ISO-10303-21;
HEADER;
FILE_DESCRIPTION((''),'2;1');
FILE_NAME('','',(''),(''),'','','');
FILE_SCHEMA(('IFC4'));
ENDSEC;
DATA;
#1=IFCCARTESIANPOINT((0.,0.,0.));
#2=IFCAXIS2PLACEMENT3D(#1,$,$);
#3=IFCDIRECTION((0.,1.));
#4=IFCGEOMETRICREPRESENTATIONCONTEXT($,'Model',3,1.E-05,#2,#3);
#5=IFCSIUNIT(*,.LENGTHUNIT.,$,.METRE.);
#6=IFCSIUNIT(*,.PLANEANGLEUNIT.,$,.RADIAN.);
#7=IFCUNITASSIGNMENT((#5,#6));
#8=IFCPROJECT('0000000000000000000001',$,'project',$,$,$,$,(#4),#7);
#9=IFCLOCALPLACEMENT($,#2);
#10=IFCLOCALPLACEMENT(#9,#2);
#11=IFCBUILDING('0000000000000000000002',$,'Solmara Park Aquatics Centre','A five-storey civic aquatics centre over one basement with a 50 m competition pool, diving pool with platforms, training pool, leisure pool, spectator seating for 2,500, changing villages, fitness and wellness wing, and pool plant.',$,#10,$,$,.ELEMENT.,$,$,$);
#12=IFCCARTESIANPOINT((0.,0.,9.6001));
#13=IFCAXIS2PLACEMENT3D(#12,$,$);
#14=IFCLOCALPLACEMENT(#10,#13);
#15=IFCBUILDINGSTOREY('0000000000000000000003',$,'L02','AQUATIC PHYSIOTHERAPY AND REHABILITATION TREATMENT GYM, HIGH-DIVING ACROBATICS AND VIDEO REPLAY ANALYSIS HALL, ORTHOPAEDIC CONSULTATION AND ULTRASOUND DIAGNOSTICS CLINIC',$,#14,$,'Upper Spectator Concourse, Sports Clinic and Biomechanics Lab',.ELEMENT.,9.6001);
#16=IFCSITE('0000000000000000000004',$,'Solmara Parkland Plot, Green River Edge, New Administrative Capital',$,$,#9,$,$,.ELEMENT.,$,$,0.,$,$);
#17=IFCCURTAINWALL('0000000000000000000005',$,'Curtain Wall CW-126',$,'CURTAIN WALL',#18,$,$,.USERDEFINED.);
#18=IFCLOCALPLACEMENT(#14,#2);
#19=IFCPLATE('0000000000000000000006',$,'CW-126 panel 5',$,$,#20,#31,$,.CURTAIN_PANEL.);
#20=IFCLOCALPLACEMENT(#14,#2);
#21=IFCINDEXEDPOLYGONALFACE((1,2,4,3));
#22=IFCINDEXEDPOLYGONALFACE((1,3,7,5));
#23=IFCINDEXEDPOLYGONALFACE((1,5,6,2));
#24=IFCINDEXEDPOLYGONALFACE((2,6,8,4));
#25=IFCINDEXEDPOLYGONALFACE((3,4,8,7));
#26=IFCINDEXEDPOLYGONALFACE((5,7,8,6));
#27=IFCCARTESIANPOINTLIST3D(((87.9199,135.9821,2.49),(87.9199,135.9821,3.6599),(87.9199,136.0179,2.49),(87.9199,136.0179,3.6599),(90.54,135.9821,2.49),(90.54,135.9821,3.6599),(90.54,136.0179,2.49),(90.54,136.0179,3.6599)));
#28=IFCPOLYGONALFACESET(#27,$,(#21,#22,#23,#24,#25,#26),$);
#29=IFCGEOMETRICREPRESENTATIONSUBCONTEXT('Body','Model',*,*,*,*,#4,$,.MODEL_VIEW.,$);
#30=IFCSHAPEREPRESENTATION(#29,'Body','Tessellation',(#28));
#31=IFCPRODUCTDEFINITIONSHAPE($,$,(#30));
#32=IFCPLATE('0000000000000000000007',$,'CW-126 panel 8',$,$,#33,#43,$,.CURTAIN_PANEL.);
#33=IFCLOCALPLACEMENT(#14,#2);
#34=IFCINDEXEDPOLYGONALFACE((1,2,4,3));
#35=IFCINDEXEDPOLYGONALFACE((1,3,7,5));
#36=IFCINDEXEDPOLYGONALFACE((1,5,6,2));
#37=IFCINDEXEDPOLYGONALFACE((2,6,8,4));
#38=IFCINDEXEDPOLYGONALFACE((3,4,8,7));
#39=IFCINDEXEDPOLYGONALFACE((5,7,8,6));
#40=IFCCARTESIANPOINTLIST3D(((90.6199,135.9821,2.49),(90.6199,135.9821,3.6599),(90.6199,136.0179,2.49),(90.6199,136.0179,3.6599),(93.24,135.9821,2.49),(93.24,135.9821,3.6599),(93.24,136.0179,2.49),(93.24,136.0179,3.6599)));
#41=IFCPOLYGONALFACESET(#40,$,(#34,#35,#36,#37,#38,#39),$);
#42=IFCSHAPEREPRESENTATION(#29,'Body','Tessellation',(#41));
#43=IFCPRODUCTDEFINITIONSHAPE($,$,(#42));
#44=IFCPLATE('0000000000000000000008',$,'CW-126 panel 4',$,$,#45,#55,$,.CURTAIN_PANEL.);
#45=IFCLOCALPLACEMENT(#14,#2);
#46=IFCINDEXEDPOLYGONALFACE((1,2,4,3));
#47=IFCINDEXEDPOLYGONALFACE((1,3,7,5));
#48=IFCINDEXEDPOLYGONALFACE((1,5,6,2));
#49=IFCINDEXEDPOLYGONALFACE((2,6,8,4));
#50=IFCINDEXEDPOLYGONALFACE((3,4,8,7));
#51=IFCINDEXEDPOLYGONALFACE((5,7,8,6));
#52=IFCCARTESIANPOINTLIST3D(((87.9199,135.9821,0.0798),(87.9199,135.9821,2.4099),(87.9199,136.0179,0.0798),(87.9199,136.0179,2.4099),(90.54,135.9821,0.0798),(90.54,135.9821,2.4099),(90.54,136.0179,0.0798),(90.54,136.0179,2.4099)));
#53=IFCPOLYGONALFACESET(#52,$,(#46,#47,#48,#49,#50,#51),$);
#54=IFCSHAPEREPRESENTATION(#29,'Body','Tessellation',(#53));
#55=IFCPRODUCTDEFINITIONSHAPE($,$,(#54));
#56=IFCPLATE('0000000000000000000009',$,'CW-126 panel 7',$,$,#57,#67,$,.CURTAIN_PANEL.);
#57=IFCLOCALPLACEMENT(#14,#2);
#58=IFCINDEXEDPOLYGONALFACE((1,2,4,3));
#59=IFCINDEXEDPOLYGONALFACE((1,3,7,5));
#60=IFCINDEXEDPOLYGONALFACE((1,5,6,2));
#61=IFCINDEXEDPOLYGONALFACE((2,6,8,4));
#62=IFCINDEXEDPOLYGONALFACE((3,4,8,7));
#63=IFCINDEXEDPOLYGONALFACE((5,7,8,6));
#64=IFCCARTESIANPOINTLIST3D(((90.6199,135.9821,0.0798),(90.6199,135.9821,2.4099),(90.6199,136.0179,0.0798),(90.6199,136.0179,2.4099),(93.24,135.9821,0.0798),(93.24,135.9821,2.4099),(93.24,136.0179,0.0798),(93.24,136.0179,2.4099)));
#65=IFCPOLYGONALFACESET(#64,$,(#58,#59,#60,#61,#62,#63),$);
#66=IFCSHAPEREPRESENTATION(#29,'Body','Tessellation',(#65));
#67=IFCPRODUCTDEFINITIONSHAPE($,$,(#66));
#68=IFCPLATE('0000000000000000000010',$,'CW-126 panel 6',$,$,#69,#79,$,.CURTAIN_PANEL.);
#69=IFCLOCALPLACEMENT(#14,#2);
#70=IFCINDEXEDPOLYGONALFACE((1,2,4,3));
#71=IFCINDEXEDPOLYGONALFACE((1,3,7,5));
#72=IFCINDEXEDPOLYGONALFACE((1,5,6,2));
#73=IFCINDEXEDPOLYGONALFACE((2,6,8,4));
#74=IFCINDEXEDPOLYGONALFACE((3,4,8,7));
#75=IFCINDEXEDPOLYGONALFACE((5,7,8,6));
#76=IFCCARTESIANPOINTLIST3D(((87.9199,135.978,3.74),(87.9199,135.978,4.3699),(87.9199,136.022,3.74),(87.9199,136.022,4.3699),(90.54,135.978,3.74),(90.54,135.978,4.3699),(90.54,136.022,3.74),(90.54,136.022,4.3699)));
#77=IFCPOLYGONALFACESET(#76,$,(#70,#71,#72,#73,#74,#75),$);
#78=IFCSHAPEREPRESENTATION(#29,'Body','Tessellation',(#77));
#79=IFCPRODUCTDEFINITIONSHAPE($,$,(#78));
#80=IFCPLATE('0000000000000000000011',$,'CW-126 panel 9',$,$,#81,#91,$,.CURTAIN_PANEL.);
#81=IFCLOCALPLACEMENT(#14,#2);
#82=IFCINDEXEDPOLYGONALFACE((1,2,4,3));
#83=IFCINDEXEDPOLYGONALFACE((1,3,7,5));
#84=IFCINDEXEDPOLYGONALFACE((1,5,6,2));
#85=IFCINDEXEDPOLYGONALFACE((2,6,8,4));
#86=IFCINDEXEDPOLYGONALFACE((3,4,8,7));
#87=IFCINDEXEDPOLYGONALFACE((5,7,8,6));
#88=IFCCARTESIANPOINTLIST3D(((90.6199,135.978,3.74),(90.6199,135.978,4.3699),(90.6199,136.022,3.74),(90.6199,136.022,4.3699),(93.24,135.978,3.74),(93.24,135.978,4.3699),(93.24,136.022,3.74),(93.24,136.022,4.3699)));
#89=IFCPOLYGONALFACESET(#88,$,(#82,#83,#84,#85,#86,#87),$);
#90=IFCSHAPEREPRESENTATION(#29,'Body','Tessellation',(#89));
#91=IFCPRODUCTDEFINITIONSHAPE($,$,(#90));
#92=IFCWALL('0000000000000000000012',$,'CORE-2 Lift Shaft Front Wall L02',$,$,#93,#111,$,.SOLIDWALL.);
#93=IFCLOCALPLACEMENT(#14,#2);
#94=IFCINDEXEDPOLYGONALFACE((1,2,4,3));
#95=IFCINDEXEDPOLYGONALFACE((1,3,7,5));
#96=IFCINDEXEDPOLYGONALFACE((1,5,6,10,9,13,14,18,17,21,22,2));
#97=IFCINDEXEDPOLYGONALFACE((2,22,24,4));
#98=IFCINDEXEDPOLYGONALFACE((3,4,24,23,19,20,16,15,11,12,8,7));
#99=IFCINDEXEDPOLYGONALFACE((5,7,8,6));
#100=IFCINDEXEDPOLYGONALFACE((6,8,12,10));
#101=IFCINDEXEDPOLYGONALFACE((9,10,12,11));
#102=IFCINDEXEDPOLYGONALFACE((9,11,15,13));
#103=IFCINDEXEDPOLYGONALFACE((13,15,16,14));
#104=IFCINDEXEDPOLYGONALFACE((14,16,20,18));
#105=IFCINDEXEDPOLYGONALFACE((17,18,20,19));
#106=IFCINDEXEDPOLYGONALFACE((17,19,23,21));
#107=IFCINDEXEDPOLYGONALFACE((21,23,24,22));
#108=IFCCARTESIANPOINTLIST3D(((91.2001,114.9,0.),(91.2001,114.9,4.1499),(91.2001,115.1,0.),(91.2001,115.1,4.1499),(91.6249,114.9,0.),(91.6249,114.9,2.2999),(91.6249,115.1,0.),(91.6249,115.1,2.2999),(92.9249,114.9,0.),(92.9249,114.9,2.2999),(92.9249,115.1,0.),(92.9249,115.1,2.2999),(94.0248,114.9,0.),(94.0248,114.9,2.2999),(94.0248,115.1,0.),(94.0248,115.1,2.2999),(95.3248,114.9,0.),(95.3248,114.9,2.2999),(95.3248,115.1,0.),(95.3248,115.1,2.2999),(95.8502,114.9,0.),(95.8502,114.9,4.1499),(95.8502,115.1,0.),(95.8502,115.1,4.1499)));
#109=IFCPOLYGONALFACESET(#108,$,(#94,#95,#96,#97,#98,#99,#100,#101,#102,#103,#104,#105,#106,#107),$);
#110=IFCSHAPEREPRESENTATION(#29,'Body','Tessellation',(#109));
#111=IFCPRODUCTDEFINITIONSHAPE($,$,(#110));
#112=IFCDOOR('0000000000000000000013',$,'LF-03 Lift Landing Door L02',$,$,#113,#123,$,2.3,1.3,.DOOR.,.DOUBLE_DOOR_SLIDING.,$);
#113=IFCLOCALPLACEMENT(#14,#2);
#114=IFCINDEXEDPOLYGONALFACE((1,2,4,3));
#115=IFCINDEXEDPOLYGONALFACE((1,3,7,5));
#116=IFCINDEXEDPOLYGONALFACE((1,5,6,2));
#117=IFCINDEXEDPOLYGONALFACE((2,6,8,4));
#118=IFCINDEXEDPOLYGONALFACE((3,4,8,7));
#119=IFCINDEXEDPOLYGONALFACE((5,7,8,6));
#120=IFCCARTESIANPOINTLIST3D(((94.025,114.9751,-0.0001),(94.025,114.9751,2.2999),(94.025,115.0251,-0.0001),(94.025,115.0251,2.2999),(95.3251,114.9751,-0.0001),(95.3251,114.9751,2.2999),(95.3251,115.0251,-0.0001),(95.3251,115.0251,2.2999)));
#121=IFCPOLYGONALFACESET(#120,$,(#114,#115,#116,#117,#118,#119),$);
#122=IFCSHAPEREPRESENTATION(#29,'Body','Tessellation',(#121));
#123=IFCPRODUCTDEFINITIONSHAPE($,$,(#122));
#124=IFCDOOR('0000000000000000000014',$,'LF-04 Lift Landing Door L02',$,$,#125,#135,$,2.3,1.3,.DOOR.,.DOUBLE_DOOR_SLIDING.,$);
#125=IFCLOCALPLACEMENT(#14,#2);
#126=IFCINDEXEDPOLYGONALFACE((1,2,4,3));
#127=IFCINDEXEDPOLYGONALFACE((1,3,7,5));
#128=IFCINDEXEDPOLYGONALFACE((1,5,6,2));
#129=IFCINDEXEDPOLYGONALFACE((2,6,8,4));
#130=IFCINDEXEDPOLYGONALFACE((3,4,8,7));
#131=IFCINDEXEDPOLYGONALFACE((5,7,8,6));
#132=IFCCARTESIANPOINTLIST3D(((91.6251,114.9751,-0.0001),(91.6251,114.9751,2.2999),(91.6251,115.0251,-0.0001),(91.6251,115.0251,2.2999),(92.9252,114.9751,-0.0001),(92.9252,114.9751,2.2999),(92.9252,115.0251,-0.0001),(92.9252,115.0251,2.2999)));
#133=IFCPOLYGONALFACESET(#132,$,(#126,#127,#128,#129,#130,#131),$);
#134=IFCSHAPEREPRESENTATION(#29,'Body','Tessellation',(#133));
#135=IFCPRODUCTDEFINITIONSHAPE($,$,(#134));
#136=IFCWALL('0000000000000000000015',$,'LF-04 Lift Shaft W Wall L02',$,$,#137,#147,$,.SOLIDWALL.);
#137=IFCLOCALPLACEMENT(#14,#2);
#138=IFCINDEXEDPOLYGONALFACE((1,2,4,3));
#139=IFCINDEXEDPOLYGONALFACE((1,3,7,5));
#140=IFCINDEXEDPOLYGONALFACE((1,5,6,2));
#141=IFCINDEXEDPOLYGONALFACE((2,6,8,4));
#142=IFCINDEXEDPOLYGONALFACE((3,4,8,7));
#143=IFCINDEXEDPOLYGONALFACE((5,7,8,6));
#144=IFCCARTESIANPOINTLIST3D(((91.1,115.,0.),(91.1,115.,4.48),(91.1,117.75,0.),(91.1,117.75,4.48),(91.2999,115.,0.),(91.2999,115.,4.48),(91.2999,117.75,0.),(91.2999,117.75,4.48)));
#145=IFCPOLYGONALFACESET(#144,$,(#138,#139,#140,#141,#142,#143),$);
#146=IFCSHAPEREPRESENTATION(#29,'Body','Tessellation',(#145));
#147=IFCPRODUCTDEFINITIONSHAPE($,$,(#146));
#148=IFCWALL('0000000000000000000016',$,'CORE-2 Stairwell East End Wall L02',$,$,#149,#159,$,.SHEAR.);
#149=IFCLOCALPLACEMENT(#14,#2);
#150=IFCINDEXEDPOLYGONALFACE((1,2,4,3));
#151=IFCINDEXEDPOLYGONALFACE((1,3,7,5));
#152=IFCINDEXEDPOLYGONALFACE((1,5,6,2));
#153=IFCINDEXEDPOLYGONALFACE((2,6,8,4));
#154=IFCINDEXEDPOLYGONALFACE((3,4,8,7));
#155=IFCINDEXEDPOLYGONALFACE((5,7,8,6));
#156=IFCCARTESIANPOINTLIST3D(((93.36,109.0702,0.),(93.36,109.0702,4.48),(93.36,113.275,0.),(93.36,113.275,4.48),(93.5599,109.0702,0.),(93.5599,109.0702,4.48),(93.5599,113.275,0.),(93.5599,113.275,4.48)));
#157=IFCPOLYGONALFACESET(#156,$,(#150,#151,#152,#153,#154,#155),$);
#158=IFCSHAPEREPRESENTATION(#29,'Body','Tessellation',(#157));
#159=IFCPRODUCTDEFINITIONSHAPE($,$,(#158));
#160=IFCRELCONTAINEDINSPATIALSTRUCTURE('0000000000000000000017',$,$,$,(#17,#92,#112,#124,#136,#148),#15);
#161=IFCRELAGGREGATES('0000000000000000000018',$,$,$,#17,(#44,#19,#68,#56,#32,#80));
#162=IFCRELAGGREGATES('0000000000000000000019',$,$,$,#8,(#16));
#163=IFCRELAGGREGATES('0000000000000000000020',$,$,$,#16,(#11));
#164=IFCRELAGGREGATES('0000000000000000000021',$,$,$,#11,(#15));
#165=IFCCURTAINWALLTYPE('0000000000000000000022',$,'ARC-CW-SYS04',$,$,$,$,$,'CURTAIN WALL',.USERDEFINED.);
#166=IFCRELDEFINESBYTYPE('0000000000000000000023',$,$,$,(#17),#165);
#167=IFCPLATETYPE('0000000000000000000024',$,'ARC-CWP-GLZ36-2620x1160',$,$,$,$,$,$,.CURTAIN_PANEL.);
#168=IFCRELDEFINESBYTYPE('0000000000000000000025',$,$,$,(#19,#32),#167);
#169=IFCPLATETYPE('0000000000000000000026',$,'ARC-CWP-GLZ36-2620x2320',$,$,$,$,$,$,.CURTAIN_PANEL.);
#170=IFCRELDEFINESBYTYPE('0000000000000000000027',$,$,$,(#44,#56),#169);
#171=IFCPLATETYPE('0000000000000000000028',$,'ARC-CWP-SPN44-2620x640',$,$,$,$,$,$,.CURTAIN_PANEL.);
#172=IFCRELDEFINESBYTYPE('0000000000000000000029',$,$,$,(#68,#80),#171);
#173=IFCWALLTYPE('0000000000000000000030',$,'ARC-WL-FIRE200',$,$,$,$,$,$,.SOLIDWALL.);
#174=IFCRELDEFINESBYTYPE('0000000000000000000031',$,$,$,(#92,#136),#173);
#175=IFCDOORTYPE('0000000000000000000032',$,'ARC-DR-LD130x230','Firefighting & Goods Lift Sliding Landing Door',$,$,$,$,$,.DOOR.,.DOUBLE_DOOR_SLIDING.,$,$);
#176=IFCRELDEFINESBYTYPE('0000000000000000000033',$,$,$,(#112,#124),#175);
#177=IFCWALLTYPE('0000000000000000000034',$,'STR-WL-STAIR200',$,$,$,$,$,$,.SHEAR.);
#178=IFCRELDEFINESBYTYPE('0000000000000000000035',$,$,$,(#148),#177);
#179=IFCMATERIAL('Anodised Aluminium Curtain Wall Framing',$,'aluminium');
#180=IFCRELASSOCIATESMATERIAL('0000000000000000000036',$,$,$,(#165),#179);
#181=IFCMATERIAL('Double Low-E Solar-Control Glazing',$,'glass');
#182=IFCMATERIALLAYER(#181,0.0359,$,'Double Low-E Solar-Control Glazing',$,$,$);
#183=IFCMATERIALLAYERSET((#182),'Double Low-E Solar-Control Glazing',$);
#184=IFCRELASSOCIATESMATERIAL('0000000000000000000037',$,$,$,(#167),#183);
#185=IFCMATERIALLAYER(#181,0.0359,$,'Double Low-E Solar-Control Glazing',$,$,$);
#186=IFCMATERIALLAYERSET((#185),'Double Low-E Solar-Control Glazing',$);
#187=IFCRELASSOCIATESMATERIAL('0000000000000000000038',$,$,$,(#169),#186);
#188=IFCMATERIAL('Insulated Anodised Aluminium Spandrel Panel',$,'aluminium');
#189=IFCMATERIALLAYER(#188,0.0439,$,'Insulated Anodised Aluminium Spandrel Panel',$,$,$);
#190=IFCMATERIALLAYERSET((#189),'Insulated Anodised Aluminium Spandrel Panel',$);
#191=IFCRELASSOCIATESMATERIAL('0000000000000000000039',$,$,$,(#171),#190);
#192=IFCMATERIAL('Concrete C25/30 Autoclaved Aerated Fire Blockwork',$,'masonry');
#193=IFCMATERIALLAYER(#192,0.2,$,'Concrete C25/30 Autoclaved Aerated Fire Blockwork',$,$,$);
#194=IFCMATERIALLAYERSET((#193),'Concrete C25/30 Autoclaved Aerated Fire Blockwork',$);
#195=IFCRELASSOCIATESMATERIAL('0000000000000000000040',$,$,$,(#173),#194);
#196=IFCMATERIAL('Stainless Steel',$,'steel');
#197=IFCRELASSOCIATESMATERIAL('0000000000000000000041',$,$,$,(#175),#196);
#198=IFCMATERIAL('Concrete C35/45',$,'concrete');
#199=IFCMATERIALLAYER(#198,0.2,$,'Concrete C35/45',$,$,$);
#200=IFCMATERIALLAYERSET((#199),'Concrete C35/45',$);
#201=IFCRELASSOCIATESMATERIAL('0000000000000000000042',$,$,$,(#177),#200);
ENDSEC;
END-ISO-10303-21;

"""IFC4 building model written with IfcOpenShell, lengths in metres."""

from ifc_helpers import new_model, si_unit, direction, frame, frame_2d, origin, origin_2d, place, context, subcontext, project, spatial, rectangle, extrude, material, layer, layer_set, type_object, element, fill, aggregate, save


model = new_model("IFC4")

# Units and contexts
model_context = context("Model", 3, precision=1e-05, world=origin(), true_north=direction((0.0, 1.0)))
body_context = subcontext(model_context, "Body", "Model", "MODEL_VIEW")
ifc_project = project(units=[si_unit("LENGTHUNIT", "METRE"), si_unit("PLANEANGLEUNIT", "RADIAN")], contexts=[model_context])

# Site, building, storey
site_placement = place(None, origin())
site = spatial("IfcSite", under=ifc_project, at=site_placement, Name="Solmara Parkland Plot, Green River Edge, New Administrative Capital", CompositionType="ELEMENT", RefElevation=0.0)
building_placement = place(site_placement, origin())
building = spatial("IfcBuilding", under=site, at=building_placement, Name="Solmara Park Aquatics Centre", Description="A five-storey civic aquatics centre over one basement with a 50 m competition pool, diving pool with platforms, training pool, leisure pool, spectator seating for 2,500, changing villages, fitness and wellness wing, and pool plant.", CompositionType="ELEMENT")
storey_placement = place(building_placement, frame((0.0, 0.0, 9.6001)))
storey = spatial("IfcBuildingStorey", under=building, at=storey_placement, Name="L02", Description="AQUATIC PHYSIOTHERAPY AND REHABILITATION TREATMENT GYM, HIGH-DIVING ACROBATICS AND VIDEO REPLAY ANALYSIS HALL, ORTHOPAEDIC CONSULTATION AND ULTRASOUND DIAGNOSTICS CLINIC", LongName="Upper Spectator Concourse, Sports Clinic and Biomechanics Lab", CompositionType="ELEMENT", Elevation=9.6001)

# Curtain wall, plates
ifc_material_1 = material(Name="Anodised Aluminium Curtain Wall Framing", Category="aluminium")
curtain_wall_type = type_object("IfcCurtainWallType", Name="ARC-CW-SYS04", ElementType="CURTAIN WALL", PredefinedType="USERDEFINED", material=ifc_material_1)
curtain_wall_placement = place(storey_placement, origin())
curtain_wall = element("IfcCurtainWall", 1, at=curtain_wall_placement, inside=storey, type_object=curtain_wall_type, Name="Curtain Wall CW-126", ObjectType="CURTAIN WALL", PredefinedType="USERDEFINED")
ifc_material_2 = material(Name="Double Low-E Solar-Control Glazing", Category="glass")
ifc_layer_1 = layer(ifc_material_2, 0.0359, Name="Double Low-E Solar-Control Glazing")
ifc_layer_set_1 = layer_set([ifc_layer_1], Name="Double Low-E Solar-Control Glazing")
plate_type_1 = type_object("IfcPlateType", Name="ARC-CWP-GLZ36-2620x1160", PredefinedType="CURTAIN_PANEL", material=ifc_layer_set_1)
plate_1_placement = place(storey_placement, frame((89.23, 136.0, 2.49), z_axis=(0.0, 0.0, 1.0), x_axis=(1.0, 0.0, 0.0)))
plate_1 = element("IfcPlate", 2, at=plate_1_placement, type_object=plate_type_1, Name="CW-126 panel 5", PredefinedType="CURTAIN_PANEL", context=body_context, shape_type="SweptSolid", body=[
    extrude(rectangle(XDim=2.6201, YDim=0.0359, at=origin_2d()), origin(), (0.0, 0.0, 1.0), 1.1699),
])
plate_2_placement = place(storey_placement, frame((91.9299, 136.0, 2.49), z_axis=(0.0, 0.0, 1.0), x_axis=(1.0, 0.0, 0.0)))
plate_2 = element("IfcPlate", 3, at=plate_2_placement, type_object=plate_type_1, Name="CW-126 panel 8", PredefinedType="CURTAIN_PANEL", context=body_context, shape_type="SweptSolid", body=[
    extrude(rectangle(XDim=2.6201, YDim=0.0359, at=origin_2d()), origin(), (0.0, 0.0, 1.0), 1.1699),
])
ifc_layer_2 = layer(ifc_material_2, 0.0359, Name="Double Low-E Solar-Control Glazing")
ifc_layer_set_2 = layer_set([ifc_layer_2], Name="Double Low-E Solar-Control Glazing")
plate_type_2 = type_object("IfcPlateType", Name="ARC-CWP-GLZ36-2620x2320", PredefinedType="CURTAIN_PANEL", material=ifc_layer_set_2)
plate_3_placement = place(storey_placement, frame((89.23, 136.0, 0.0798), z_axis=(0.0, 0.0, 1.0), x_axis=(1.0, 0.0, 0.0)))
plate_3 = element("IfcPlate", 4, at=plate_3_placement, type_object=plate_type_2, Name="CW-126 panel 4", PredefinedType="CURTAIN_PANEL", context=body_context, shape_type="SweptSolid", body=[
    extrude(rectangle(XDim=2.6201, YDim=0.0359, at=origin_2d()), origin(), (0.0, 0.0, 1.0), 2.3301),
])
plate_4_placement = place(storey_placement, frame((91.9299, 136.0, 0.0798), z_axis=(0.0, 0.0, 1.0), x_axis=(1.0, 0.0, 0.0)))
plate_4 = element("IfcPlate", 5, at=plate_4_placement, type_object=plate_type_2, Name="CW-126 panel 7", PredefinedType="CURTAIN_PANEL", context=body_context, shape_type="SweptSolid", body=[
    extrude(rectangle(XDim=2.6201, YDim=0.0359, at=origin_2d()), origin(), (0.0, 0.0, 1.0), 2.3301),
])
ifc_material_3 = material(Name="Insulated Anodised Aluminium Spandrel Panel", Category="aluminium")
ifc_layer_3 = layer(ifc_material_3, 0.0439, Name="Insulated Anodised Aluminium Spandrel Panel")
ifc_layer_set_3 = layer_set([ifc_layer_3], Name="Insulated Anodised Aluminium Spandrel Panel")
plate_type_3 = type_object("IfcPlateType", Name="ARC-CWP-SPN44-2620x640", PredefinedType="CURTAIN_PANEL", material=ifc_layer_set_3)
plate_5_placement = place(storey_placement, frame((89.23, 136.0, 3.74), z_axis=(0.0, 0.0, 1.0), x_axis=(1.0, 0.0, 0.0)))
plate_5 = element("IfcPlate", 6, at=plate_5_placement, type_object=plate_type_3, Name="CW-126 panel 6", PredefinedType="CURTAIN_PANEL", context=body_context, shape_type="SweptSolid", body=[
    extrude(rectangle(XDim=2.6201, YDim=0.0439, at=origin_2d()), origin(), (0.0, 0.0, 1.0), 0.6299),
])
plate_6_placement = place(storey_placement, frame((91.9299, 136.0, 3.74), z_axis=(0.0, 0.0, 1.0), x_axis=(1.0, 0.0, 0.0)))
plate_6 = element("IfcPlate", 7, at=plate_6_placement, type_object=plate_type_3, Name="CW-126 panel 9", PredefinedType="CURTAIN_PANEL", context=body_context, shape_type="SweptSolid", body=[
    extrude(rectangle(XDim=2.6201, YDim=0.0439, at=origin_2d()), origin(), (0.0, 0.0, 1.0), 0.6299),
])
aggregate(curtain_wall, [plate_3, plate_1, plate_5, plate_4, plate_2, plate_6])

# Wall, openings, doors
ifc_material_4 = material(Name="Concrete C25/30 Autoclaved Aerated Fire Blockwork", Category="masonry")
ifc_layer_4 = layer(ifc_material_4, 0.2, Name="Concrete C25/30 Autoclaved Aerated Fire Blockwork")
ifc_layer_set_4 = layer_set([ifc_layer_4], Name="Concrete C25/30 Autoclaved Aerated Fire Blockwork")
wall_type_1 = type_object("IfcWallType", Name="ARC-WL-FIRE200", PredefinedType="SOLIDWALL", material=ifc_layer_set_4)
wall_1_placement = place(storey_placement, frame((91.2, 115.0, 0.0), z_axis=(0.0, 0.0, 1.0), x_axis=(1.0, 0.0, 0.0)))
wall_1 = element("IfcWall", 8, at=wall_1_placement, inside=storey, type_object=wall_type_1, Name="CORE-2 Lift Shaft Front Wall L02", PredefinedType="SOLIDWALL", context=body_context, shape_type="SweptSolid", body=[
    extrude(rectangle(XDim=4.6501, YDim=0.2, at=frame_2d((2.3252, 0.0))), origin(), (0.0, 0.0, 1.0), 4.1499),
])
opening_1_placement = place(wall_1_placement, frame((2.825, 0.0, 0.0)))
opening_1 = element("IfcOpeningElement", 9, at=opening_1_placement, cuts=wall_1, PredefinedType="OPENING", context=body_context, shape_type="SweptSolid", body=[
    extrude(rectangle(XDim=1.3, YDim=2.3, at=frame_2d((0.6499, 1.1499))), frame((0.0, 0.1099, 0.0), z_axis=(0.0, -1.0, 0.0), x_axis=(1.0, 0.0, 0.0)), (0.0, 0.0, 1.0), 0.22),
])
opening_2_placement = place(wall_1_placement, frame((0.425, 0.0, 0.0)))
opening_2 = element("IfcOpeningElement", 10, at=opening_2_placement, cuts=wall_1, PredefinedType="OPENING", context=body_context, shape_type="SweptSolid", body=[
    extrude(rectangle(XDim=1.3, YDim=2.3, at=frame_2d((0.6499, 1.1499))), frame((0.0, 0.1099, 0.0), z_axis=(0.0, -1.0, 0.0), x_axis=(1.0, 0.0, 0.0)), (0.0, 0.0, 1.0), 0.22),
])
ifc_material_5 = material(Name="Stainless Steel", Category="steel")
door_type = type_object("IfcDoorType", Name="ARC-DR-LD130x230", Description="Firefighting & Goods Lift Sliding Landing Door", OperationType="DOUBLE_DOOR_SLIDING", PredefinedType="DOOR", material=ifc_material_5)
door_1_placement = place(opening_1_placement, frame((1.3, 0.0, 0.0), z_axis=(0.0, 0.0, 1.0), x_axis=(-1.0, 0.0, 0.0)))
door_1 = element("IfcDoor", 11, at=door_1_placement, inside=storey, type_object=door_type, Name="LF-03 Lift Landing Door L02", OperationType="DOUBLE_DOOR_SLIDING", OverallHeight=2.3, OverallWidth=1.3, PredefinedType="DOOR", context=body_context, shape_type="SweptSolid", body=[
    extrude(rectangle(XDim=1.3, YDim=2.3, at=frame_2d((0.6499, 1.1499))), frame((0.0, 0.0249, 0.0), z_axis=(0.0, -1.0, 0.0), x_axis=(1.0, 0.0, 0.0)), (0.0, 0.0, 1.0), 0.05),
])
fill(opening_1, door_1)
door_2_placement = place(opening_2_placement, frame((1.3, 0.0, 0.0), z_axis=(0.0, 0.0, 1.0), x_axis=(-1.0, 0.0, 0.0)))
door_2 = element("IfcDoor", 12, at=door_2_placement, inside=storey, type_object=door_type, Name="LF-04 Lift Landing Door L02", OperationType="DOUBLE_DOOR_SLIDING", OverallHeight=2.3, OverallWidth=1.3, PredefinedType="DOOR", context=body_context, shape_type="SweptSolid", body=[
    extrude(rectangle(XDim=1.3, YDim=2.3, at=frame_2d((0.6499, 1.1499))), frame((0.0, 0.0249, 0.0), z_axis=(0.0, -1.0, 0.0), x_axis=(1.0, 0.0, 0.0)), (0.0, 0.0, 1.0), 0.05),
])
fill(opening_2, door_2)

# Walls
wall_2_placement = place(storey_placement, frame((91.2, 115.0, 0.0), z_axis=(0.0, 0.0, 1.0), x_axis=(0.0, 1.0, 0.0)))
element("IfcWall", 13, at=wall_2_placement, inside=storey, type_object=wall_type_1, Name="LF-04 Lift Shaft W Wall L02", PredefinedType="SOLIDWALL", context=body_context, shape_type="SweptSolid", body=[
    extrude(rectangle(XDim=2.75, YDim=0.2, at=frame_2d((1.375, 0.0))), origin(), (0.0, 0.0, 1.0), 4.48),
])
ifc_material_6 = material(Name="Concrete C35/45", Category="concrete")
ifc_layer_5 = layer(ifc_material_6, 0.2, Name="Concrete C35/45")
ifc_layer_set_5 = layer_set([ifc_layer_5], Name="Concrete C35/45")
wall_type_2 = type_object("IfcWallType", Name="STR-WL-STAIR200", PredefinedType="SHEAR", material=ifc_layer_set_5)
wall_3_placement = place(storey_placement, frame((93.46, 109.0701, 0.0), z_axis=(0.0, 0.0, 1.0), x_axis=(0.0, 1.0, 0.0)))
element("IfcWall", 14, at=wall_3_placement, inside=storey, type_object=wall_type_2, Name="CORE-2 Stairwell East End Wall L02", PredefinedType="SHEAR", context=body_context, shape_type="SweptSolid", body=[
    extrude(rectangle(XDim=4.2048, YDim=0.2, at=frame_2d((2.1025, 0.0))), origin(), (0.0, 0.0, 1.0), 4.48),
])

save(model, "model.ifc")
